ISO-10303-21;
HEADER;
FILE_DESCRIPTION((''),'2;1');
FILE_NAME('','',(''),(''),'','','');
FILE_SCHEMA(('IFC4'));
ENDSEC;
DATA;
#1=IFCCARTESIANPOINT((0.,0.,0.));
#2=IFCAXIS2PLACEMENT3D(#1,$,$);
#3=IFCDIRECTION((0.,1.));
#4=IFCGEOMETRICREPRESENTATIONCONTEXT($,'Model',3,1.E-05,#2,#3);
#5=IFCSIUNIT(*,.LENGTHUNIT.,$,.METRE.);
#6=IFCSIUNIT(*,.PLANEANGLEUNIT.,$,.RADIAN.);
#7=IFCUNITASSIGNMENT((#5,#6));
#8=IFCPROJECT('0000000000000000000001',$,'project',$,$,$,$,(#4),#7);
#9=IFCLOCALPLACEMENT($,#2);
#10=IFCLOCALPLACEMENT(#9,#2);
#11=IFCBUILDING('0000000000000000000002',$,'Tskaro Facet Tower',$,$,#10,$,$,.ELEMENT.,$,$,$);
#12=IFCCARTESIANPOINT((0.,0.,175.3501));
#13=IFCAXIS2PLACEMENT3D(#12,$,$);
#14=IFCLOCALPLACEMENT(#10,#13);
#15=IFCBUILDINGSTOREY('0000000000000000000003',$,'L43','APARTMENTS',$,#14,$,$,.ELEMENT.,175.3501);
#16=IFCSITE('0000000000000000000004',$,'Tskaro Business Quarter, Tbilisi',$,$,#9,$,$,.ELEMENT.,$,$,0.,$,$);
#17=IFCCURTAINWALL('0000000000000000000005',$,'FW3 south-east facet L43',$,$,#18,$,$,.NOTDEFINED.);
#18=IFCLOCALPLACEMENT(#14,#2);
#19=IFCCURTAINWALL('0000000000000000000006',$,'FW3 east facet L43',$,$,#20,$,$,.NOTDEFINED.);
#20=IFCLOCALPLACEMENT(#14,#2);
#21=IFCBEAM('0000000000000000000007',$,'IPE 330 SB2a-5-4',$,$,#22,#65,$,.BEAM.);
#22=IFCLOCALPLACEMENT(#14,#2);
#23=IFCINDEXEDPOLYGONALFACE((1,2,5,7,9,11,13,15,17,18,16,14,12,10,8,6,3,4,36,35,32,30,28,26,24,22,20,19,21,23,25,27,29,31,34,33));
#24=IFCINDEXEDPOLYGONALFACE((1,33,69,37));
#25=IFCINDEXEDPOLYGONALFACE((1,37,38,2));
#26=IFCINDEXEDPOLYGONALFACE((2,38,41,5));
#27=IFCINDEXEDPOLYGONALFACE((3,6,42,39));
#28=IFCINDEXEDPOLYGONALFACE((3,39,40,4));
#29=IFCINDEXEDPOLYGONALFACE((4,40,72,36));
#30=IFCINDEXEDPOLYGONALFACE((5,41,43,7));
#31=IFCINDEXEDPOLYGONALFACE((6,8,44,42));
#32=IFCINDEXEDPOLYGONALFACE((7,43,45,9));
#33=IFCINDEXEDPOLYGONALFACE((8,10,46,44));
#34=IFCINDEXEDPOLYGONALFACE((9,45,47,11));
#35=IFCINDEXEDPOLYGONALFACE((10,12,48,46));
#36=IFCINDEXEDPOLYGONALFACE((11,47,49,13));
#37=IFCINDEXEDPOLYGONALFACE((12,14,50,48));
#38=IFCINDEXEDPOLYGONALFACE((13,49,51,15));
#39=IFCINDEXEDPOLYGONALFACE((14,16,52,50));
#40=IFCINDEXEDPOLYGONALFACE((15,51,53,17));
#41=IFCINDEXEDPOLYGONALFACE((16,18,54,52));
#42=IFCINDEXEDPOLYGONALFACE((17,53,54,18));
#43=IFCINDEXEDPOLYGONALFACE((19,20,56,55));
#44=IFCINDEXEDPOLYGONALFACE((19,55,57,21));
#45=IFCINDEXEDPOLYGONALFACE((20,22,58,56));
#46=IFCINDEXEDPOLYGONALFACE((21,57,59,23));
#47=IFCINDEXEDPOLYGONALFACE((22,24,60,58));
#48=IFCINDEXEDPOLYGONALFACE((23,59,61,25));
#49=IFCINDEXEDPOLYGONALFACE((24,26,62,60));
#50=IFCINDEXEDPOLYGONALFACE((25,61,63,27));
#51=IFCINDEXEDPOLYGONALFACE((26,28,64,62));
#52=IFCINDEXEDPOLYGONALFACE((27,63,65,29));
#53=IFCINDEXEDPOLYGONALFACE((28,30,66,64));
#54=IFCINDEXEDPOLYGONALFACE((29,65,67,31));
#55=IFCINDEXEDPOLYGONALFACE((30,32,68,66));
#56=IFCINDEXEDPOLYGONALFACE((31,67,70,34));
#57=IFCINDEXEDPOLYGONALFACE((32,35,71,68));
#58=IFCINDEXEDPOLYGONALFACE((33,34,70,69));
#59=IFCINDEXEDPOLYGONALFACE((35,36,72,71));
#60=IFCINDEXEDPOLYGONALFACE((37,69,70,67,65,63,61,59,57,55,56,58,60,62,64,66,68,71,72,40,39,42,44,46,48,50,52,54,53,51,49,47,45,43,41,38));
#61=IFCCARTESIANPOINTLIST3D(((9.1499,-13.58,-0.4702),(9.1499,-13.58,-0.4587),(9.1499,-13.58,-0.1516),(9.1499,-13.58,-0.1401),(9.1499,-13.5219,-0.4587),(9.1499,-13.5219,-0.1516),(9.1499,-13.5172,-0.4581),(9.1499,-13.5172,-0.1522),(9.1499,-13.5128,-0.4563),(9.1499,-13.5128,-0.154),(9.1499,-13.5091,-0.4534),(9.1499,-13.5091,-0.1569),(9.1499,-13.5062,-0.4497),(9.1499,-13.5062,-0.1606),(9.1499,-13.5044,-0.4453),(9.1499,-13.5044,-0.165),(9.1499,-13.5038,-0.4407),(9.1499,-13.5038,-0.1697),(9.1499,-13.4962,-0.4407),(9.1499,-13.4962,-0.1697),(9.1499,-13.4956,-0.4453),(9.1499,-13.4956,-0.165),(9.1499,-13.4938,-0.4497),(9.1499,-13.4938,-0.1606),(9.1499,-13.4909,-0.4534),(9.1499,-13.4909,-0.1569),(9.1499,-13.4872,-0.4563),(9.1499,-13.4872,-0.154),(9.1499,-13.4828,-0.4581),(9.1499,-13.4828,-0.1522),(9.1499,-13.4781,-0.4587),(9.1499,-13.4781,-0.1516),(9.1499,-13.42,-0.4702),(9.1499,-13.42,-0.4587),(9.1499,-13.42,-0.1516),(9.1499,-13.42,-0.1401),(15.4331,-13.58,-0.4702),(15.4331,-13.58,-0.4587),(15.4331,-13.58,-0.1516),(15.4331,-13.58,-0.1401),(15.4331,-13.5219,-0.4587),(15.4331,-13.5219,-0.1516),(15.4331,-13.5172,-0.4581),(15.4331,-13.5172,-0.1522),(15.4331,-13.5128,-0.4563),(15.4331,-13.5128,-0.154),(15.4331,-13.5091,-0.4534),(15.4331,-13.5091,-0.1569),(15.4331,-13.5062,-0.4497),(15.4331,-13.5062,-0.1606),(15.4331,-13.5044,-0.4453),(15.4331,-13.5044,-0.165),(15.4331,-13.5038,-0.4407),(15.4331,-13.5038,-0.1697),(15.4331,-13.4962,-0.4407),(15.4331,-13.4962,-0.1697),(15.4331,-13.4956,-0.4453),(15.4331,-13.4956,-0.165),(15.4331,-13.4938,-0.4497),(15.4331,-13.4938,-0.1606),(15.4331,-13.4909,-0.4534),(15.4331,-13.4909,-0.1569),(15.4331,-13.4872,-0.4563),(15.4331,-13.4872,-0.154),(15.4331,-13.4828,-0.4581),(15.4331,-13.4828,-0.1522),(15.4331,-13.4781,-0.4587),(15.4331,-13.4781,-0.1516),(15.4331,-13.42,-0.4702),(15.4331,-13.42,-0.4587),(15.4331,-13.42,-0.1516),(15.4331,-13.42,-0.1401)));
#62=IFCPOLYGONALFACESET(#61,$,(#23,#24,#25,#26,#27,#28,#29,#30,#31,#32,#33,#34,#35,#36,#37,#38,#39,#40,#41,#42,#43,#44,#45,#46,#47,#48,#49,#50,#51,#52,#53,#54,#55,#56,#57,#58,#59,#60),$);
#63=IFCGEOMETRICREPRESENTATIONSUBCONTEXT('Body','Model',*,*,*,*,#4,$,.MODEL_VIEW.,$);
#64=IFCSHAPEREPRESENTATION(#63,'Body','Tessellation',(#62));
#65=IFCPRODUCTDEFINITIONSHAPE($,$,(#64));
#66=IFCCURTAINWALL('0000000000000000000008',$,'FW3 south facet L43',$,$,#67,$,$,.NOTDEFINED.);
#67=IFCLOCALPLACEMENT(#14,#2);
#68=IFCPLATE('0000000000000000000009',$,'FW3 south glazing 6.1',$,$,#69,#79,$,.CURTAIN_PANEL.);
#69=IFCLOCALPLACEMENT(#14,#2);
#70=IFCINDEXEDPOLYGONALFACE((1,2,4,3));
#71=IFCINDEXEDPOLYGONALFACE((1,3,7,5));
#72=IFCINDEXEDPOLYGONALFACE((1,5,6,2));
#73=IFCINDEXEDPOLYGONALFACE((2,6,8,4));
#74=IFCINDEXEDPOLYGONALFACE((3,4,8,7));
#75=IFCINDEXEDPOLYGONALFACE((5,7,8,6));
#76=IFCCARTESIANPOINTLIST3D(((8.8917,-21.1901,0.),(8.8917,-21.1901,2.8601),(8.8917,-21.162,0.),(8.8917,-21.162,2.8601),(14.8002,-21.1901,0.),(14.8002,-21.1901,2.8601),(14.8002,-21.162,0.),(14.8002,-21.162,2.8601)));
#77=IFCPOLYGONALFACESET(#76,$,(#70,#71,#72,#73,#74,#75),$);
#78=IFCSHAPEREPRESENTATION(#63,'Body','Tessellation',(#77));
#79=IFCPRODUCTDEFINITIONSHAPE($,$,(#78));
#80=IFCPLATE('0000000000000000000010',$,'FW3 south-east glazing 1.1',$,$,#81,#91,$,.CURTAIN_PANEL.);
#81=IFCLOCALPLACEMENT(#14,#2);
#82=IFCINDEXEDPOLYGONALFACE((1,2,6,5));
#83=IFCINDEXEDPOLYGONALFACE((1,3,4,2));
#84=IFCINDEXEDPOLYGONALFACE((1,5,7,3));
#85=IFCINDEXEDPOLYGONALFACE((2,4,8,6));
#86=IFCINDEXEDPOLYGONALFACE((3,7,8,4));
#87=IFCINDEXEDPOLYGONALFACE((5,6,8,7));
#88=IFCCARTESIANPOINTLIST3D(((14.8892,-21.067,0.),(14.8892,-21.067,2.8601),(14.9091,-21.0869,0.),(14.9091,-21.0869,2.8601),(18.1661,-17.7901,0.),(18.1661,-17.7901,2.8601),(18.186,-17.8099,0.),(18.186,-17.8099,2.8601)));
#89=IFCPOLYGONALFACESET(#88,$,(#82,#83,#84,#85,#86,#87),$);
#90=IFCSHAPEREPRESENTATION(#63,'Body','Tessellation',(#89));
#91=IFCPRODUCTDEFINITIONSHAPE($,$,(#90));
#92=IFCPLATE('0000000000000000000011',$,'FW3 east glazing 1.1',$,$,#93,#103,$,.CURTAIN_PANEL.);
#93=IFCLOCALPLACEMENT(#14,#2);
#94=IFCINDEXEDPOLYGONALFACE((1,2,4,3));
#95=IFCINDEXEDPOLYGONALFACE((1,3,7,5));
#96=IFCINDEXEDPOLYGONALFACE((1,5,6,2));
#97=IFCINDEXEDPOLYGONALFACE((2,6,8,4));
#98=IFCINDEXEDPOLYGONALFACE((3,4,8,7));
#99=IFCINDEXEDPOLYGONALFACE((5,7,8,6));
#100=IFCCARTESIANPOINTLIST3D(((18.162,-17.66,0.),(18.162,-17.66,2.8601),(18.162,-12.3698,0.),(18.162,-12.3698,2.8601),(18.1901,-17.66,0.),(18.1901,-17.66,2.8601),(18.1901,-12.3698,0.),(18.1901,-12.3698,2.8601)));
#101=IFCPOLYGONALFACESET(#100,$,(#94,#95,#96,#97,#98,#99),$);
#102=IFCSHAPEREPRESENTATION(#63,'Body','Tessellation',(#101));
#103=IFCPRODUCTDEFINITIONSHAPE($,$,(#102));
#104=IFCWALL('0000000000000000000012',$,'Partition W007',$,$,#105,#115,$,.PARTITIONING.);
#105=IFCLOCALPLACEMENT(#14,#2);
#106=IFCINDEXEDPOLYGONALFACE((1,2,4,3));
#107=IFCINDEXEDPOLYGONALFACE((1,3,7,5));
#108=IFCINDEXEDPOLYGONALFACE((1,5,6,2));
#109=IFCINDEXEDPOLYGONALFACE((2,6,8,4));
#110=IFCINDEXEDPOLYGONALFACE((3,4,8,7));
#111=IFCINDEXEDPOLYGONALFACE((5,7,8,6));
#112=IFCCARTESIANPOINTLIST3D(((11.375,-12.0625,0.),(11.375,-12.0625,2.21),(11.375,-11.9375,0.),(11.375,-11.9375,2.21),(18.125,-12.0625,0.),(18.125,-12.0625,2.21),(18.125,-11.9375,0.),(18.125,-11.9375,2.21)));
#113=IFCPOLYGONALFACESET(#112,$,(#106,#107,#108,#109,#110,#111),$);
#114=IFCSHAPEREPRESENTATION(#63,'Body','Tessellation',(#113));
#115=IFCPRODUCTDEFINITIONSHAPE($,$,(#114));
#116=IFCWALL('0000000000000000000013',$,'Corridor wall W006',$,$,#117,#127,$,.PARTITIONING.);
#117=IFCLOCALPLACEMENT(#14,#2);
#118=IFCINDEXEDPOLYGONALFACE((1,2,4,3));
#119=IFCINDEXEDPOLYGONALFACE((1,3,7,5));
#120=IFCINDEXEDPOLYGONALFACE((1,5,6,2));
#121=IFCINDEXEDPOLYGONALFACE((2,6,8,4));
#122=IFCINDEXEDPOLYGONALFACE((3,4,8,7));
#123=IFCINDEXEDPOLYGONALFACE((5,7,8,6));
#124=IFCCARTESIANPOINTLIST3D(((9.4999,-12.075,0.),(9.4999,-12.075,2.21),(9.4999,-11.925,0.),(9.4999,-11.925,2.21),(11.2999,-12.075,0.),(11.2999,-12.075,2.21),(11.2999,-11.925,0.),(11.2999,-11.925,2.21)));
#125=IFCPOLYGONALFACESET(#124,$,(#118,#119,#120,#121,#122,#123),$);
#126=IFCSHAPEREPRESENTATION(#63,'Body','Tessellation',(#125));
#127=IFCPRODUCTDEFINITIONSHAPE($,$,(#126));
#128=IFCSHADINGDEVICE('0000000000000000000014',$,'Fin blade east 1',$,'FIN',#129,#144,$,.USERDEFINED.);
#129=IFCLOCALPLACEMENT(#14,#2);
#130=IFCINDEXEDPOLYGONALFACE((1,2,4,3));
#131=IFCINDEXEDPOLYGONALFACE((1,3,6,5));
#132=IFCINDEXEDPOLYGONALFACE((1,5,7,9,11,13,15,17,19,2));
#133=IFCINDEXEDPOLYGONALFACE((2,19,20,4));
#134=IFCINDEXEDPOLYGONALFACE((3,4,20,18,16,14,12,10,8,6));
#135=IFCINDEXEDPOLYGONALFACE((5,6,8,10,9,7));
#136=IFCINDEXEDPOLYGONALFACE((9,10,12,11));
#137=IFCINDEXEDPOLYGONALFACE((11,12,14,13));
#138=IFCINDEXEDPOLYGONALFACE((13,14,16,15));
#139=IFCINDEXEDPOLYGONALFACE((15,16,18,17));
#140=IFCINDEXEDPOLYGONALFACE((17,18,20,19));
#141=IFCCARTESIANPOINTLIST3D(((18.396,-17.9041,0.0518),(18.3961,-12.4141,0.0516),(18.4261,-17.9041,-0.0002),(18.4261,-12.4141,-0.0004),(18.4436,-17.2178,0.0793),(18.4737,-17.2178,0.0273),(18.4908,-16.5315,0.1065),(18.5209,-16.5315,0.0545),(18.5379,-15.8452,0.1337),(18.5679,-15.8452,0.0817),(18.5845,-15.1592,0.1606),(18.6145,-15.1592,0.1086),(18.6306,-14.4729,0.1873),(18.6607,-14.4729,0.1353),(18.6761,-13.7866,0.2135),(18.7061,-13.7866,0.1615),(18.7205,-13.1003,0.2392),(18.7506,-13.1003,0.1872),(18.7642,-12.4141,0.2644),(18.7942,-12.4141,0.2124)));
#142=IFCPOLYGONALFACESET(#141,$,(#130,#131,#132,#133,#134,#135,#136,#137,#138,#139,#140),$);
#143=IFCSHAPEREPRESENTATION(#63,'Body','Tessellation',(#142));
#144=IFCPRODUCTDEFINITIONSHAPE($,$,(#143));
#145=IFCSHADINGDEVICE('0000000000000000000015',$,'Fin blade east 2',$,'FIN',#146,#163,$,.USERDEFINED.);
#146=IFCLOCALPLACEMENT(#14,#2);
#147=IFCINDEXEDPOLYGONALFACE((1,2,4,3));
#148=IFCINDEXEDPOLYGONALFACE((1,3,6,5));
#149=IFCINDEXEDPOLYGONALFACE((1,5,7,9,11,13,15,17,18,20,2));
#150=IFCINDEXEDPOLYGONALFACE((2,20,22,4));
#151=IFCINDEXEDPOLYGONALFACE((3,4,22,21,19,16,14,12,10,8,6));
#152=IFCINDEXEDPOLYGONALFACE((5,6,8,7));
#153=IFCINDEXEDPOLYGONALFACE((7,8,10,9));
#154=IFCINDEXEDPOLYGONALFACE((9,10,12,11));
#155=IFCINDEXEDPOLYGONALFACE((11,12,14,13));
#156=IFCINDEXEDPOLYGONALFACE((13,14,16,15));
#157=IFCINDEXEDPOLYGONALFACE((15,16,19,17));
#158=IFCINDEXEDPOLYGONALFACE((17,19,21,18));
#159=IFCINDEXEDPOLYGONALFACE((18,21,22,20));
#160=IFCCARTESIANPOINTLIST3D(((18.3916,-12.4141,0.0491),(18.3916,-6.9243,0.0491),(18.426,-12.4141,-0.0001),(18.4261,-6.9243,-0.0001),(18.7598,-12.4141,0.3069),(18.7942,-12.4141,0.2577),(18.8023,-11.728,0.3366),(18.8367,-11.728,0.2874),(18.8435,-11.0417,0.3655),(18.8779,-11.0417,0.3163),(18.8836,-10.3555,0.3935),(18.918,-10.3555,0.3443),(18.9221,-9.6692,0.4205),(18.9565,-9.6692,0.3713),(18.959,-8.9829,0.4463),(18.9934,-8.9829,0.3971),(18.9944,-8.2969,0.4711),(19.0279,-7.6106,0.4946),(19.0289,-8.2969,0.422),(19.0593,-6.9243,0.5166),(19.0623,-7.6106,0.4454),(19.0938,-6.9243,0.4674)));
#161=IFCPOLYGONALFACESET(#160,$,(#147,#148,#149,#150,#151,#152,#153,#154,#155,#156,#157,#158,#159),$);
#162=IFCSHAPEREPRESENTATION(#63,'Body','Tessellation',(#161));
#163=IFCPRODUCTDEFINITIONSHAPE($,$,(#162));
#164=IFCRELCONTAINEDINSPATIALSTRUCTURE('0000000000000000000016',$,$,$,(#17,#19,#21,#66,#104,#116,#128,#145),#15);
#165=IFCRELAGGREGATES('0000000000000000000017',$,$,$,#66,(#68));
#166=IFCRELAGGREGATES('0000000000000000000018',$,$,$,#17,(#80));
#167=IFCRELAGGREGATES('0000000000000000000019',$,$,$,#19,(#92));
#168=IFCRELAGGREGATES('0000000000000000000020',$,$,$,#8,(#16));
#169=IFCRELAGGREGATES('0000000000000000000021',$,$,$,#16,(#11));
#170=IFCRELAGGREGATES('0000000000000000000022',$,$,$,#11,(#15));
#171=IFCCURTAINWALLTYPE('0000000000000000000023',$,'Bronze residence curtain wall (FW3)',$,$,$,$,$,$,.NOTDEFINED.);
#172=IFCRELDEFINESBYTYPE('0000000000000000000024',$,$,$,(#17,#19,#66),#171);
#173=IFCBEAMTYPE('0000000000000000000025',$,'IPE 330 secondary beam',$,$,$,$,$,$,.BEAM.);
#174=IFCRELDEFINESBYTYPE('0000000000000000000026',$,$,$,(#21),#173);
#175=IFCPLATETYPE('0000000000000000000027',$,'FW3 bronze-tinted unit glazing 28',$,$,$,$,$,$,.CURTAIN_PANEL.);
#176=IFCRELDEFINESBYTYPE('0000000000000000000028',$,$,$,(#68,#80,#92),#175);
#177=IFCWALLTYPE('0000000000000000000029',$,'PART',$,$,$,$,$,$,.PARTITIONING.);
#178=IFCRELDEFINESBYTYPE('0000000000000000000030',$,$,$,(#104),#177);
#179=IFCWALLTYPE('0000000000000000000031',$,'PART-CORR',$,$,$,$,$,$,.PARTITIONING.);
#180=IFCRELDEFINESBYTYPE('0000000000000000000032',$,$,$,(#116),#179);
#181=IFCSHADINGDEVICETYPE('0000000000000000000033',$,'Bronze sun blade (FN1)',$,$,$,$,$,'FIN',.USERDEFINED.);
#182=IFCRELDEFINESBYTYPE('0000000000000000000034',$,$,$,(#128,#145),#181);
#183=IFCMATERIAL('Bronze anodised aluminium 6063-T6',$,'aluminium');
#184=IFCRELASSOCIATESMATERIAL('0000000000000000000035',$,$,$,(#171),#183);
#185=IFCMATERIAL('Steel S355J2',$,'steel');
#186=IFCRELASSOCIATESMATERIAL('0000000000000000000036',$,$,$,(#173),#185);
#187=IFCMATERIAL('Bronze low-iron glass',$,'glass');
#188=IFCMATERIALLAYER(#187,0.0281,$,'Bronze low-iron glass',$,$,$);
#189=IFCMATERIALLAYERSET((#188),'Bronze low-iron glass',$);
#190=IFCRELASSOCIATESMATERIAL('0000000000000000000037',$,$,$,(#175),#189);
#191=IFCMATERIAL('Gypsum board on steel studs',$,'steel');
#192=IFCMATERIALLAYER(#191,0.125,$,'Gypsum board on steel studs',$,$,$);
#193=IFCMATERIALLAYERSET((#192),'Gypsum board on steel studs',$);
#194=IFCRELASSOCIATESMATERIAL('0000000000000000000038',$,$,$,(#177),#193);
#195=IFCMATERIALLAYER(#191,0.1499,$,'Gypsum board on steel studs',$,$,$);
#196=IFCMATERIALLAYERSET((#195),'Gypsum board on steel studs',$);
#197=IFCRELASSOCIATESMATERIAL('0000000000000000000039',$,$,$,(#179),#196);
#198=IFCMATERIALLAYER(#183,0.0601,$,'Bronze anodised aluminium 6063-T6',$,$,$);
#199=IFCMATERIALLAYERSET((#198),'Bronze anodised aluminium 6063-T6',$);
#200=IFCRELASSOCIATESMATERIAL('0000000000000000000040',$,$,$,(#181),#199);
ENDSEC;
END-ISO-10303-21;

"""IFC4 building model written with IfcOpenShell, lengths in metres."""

from ifc_helpers import new_model, si_unit, direction, frame, frame_2d, origin, origin_2d, place, context, subcontext, project, spatial, polyline, rectangle, i_section, outline, extrude, material, layer, layer_set, material_profile, profile_set, type_object, element, aggregate, save


model = new_model("IFC4")

# Units and contexts
model_context = context("Model", 3, precision=1e-05, world=origin(), true_north=direction((0.0, 1.0)))
body_context = subcontext(model_context, "Body", "Model", "MODEL_VIEW")
ifc_project = project(units=[si_unit("LENGTHUNIT", "METRE"), si_unit("PLANEANGLEUNIT", "RADIAN")], contexts=[model_context])

# Site, building, storey
site_placement = place(None, origin())
site = spatial("IfcSite", under=ifc_project, at=site_placement, Name="Tskaro Business Quarter, Tbilisi", CompositionType="ELEMENT", RefElevation=0.0)
building_placement = place(site_placement, origin())
building = spatial("IfcBuilding", under=site, at=building_placement, Name="Tskaro Facet Tower", CompositionType="ELEMENT")
storey_placement = place(building_placement, frame((0.0, 0.0, 175.3501)))
storey = spatial("IfcBuildingStorey", under=building, at=storey_placement, Name="L43", Description="APARTMENTS", CompositionType="ELEMENT", Elevation=175.3501)

# Curtain wall
ifc_material_1 = material(Name="Bronze anodised aluminium 6063-T6", Category="aluminium")
curtain_wall_type = type_object("IfcCurtainWallType", Name="Bronze residence curtain wall (FW3)", PredefinedType="NOTDEFINED", material=ifc_material_1)
curtain_wall_1_placement = place(storey_placement, origin())
curtain_wall_1 = element("IfcCurtainWall", 1, at=curtain_wall_1_placement, inside=storey, type_object=curtain_wall_type, Name="FW3 south-east facet L43", PredefinedType="NOTDEFINED")

# Curtain wall
curtain_wall_2_placement = place(storey_placement, origin())
curtain_wall_2 = element("IfcCurtainWall", 2, at=curtain_wall_2_placement, inside=storey, type_object=curtain_wall_type, Name="FW3 east facet L43", PredefinedType="NOTDEFINED")

# Beam
ifc_material_2 = material(Name="Steel S355J2", Category="steel")
ifc_material_profile_1 = material_profile(ifc_material_2, i_section(OverallWidth=0.1599, OverallDepth=0.3301, WebThickness=0.0076, FlangeThickness=0.0115, FilletRadius=0.0181, at=origin_2d()), Name="IPE 330")
ifc_profile_set_1 = profile_set([ifc_material_profile_1], Name="Steel S355J2")
beam_type_1 = type_object("IfcBeamType", Name="IPE 330 secondary beam", PredefinedType="BEAM", material=ifc_profile_set_1)
beam_1_placement = place(storey_placement, frame((9.1499, -13.5, -0.3052), z_axis=(1.0, 0.0, 0.0), x_axis=(0.0, 1.0, 0.0)))
element("IfcBeam", 3, at=beam_1_placement, inside=storey, type_object=beam_type_1, Name="IPE 330 SB2a-5-4", PredefinedType="BEAM", context=body_context, shape_type="SweptSolid", body=[
    extrude(i_section(OverallWidth=0.1599, OverallDepth=0.3301, WebThickness=0.0076, FlangeThickness=0.0115, FilletRadius=0.0181, at=origin_2d()), origin(), (0.0, 0.0, 1.0), 6.2832),
])

# Curtain wall, plate
curtain_wall_3_placement = place(storey_placement, origin())
curtain_wall_3 = element("IfcCurtainWall", 4, at=curtain_wall_3_placement, inside=storey, type_object=curtain_wall_type, Name="FW3 south facet L43", PredefinedType="NOTDEFINED")
ifc_material_3 = material(Name="Bronze low-iron glass", Category="glass")
ifc_layer_1 = layer(ifc_material_3, 0.0281, Name="Bronze low-iron glass")
ifc_layer_set_1 = layer_set([ifc_layer_1], Name="Bronze low-iron glass")
plate_type = type_object("IfcPlateType", Name="FW3 bronze-tinted unit glazing 28", PredefinedType="CURTAIN_PANEL", material=ifc_layer_set_1)
plate_1_placement = place(storey_placement, frame((11.8459, -21.176, 0.0), z_axis=(0.0, 0.0, 1.0), x_axis=(1.0, 0.0, 0.0)))
plate_1 = element("IfcPlate", 5, at=plate_1_placement, type_object=plate_type, Name="FW3 south glazing 6.1", PredefinedType="CURTAIN_PANEL", context=body_context, shape_type="SweptSolid", body=[
    extrude(rectangle(XDim=5.9084, YDim=0.0281, at=origin_2d()), origin(), (0.0, 0.0, 1.0), 2.8601),
])
aggregate(curtain_wall_3, [plate_1])

# Plates
plate_2_placement = place(storey_placement, frame((16.5376, -19.4385, 0.0), z_axis=(0.0, 0.0, 1.0), x_axis=(0.707107, 0.707107, 0.0)))
plate_2 = element("IfcPlate", 6, at=plate_2_placement, type_object=plate_type, Name="FW3 south-east glazing 1.1", PredefinedType="CURTAIN_PANEL", context=body_context, shape_type="SweptSolid", body=[
    extrude(rectangle(XDim=4.6343, YDim=0.0281, at=origin_2d()), origin(), (0.0, 0.0, 1.0), 2.8601),
])
aggregate(curtain_wall_1, [plate_2])
plate_3_placement = place(storey_placement, frame((18.176, -15.0149, 0.0), z_axis=(0.0, 0.0, 1.0), x_axis=(0.0, 1.0, 0.0)))
plate_3 = element("IfcPlate", 7, at=plate_3_placement, type_object=plate_type, Name="FW3 east glazing 1.1", PredefinedType="CURTAIN_PANEL", context=body_context, shape_type="SweptSolid", body=[
    extrude(rectangle(XDim=5.2903, YDim=0.0281, at=origin_2d()), origin(), (0.0, 0.0, 1.0), 2.8601),
])
aggregate(curtain_wall_2, [plate_3])

# Walls
ifc_material_4 = material(Name="Gypsum board on steel studs", Category="steel")
ifc_layer_2 = layer(ifc_material_4, 0.125, Name="Gypsum board on steel studs")
ifc_layer_set_2 = layer_set([ifc_layer_2], Name="Gypsum board on steel studs")
wall_type_1 = type_object("IfcWallType", Name="PART", PredefinedType="PARTITIONING", material=ifc_layer_set_2)
wall_1_placement = place(storey_placement, frame((11.375, -12.0, 0.0), z_axis=(0.0, 0.0, 1.0), x_axis=(1.0, 0.0, 0.0)))
element("IfcWall", 8, at=wall_1_placement, inside=storey, type_object=wall_type_1, Name="Partition W007", PredefinedType="PARTITIONING", context=body_context, shape_type="SweptSolid", body=[
    extrude(rectangle(XDim=6.75, YDim=0.125, at=frame_2d((3.375, 0.0))), origin(), (0.0, 0.0, 1.0), 2.21),
])
ifc_layer_3 = layer(ifc_material_4, 0.1499, Name="Gypsum board on steel studs")
ifc_layer_set_3 = layer_set([ifc_layer_3], Name="Gypsum board on steel studs")
wall_type_2 = type_object("IfcWallType", Name="PART-CORR", PredefinedType="PARTITIONING", material=ifc_layer_set_3)
wall_2_placement = place(storey_placement, frame((9.5, -12.0, 0.0), z_axis=(0.0, 0.0, 1.0), x_axis=(1.0, 0.0, 0.0)))
element("IfcWall", 9, at=wall_2_placement, inside=storey, type_object=wall_type_2, Name="Corridor wall W006", PredefinedType="PARTITIONING", context=body_context, shape_type="SweptSolid", body=[
    extrude(rectangle(XDim=1.8, YDim=0.1499, at=frame_2d((0.8999, 0.0))), origin(), (0.0, 0.0, 1.0), 2.21),
])

# Shading devices
ifc_layer_4 = layer(ifc_material_1, 0.0601, Name="Bronze anodised aluminium 6063-T6")
ifc_layer_set_4 = layer_set([ifc_layer_4], Name="Bronze anodised aluminium 6063-T6")
shading_device_type = type_object("IfcShadingDeviceType", Name="Bronze sun blade (FN1)", ElementType="FIN", PredefinedType="USERDEFINED", material=ifc_layer_set_4)
shading_device_1_placement = place(storey_placement, frame((18.396, -17.9041, 0.0518), z_axis=(-0.500432, 0.000025, 0.865776), x_axis=(0.000013, 1.0, -0.000022)))
element("IfcShadingDevice", 10, at=shading_device_1_placement, inside=storey, type_object=shading_device_type, Name="Fin blade east 1", ObjectType="FIN", PredefinedType="USERDEFINED", context=body_context, shape_type="SweptSolid", body=[
    extrude(outline(polyline([(0.0, 0.0), (5.49, 0.0), (5.49, -0.4252), (4.8037, -0.3747), (4.1174, -0.3234), (3.4312, -0.2709), (2.7449, -0.2177), (2.0588, -0.1639), (1.3726, -0.1095), (0.6863, -0.055), (0.0, 0.0)])), origin(), (0.0, 0.0, -1.0), 0.0601),
])
shading_device_2_placement = place(storey_placement, frame((18.3916, -12.4141, 0.0491), z_axis=(-0.573572, 0.000002, 0.819155), x_axis=(0.000001, 1.0, -0.000002)))
element("IfcShadingDevice", 11, at=shading_device_2_placement, inside=storey, type_object=shading_device_type, Name="Fin blade east 2", ObjectType="FIN", PredefinedType="USERDEFINED", context=body_context, shape_type="SweptSolid", body=[
    extrude(outline(polyline([(0.0, 0.0), (5.4897, 0.0), (5.4897, -0.8151), (4.8035, -0.7767), (4.1172, -0.7359), (3.4312, -0.6926), (2.7449, -0.6476), (2.0586, -0.6006), (1.3723, -0.5517), (0.686, -0.5013), (0.0, -0.4495), (0.0, 0.0)])), origin(), (0.0, 0.0, -1.0), 0.0601),
])

save(model, "model.ifc")
